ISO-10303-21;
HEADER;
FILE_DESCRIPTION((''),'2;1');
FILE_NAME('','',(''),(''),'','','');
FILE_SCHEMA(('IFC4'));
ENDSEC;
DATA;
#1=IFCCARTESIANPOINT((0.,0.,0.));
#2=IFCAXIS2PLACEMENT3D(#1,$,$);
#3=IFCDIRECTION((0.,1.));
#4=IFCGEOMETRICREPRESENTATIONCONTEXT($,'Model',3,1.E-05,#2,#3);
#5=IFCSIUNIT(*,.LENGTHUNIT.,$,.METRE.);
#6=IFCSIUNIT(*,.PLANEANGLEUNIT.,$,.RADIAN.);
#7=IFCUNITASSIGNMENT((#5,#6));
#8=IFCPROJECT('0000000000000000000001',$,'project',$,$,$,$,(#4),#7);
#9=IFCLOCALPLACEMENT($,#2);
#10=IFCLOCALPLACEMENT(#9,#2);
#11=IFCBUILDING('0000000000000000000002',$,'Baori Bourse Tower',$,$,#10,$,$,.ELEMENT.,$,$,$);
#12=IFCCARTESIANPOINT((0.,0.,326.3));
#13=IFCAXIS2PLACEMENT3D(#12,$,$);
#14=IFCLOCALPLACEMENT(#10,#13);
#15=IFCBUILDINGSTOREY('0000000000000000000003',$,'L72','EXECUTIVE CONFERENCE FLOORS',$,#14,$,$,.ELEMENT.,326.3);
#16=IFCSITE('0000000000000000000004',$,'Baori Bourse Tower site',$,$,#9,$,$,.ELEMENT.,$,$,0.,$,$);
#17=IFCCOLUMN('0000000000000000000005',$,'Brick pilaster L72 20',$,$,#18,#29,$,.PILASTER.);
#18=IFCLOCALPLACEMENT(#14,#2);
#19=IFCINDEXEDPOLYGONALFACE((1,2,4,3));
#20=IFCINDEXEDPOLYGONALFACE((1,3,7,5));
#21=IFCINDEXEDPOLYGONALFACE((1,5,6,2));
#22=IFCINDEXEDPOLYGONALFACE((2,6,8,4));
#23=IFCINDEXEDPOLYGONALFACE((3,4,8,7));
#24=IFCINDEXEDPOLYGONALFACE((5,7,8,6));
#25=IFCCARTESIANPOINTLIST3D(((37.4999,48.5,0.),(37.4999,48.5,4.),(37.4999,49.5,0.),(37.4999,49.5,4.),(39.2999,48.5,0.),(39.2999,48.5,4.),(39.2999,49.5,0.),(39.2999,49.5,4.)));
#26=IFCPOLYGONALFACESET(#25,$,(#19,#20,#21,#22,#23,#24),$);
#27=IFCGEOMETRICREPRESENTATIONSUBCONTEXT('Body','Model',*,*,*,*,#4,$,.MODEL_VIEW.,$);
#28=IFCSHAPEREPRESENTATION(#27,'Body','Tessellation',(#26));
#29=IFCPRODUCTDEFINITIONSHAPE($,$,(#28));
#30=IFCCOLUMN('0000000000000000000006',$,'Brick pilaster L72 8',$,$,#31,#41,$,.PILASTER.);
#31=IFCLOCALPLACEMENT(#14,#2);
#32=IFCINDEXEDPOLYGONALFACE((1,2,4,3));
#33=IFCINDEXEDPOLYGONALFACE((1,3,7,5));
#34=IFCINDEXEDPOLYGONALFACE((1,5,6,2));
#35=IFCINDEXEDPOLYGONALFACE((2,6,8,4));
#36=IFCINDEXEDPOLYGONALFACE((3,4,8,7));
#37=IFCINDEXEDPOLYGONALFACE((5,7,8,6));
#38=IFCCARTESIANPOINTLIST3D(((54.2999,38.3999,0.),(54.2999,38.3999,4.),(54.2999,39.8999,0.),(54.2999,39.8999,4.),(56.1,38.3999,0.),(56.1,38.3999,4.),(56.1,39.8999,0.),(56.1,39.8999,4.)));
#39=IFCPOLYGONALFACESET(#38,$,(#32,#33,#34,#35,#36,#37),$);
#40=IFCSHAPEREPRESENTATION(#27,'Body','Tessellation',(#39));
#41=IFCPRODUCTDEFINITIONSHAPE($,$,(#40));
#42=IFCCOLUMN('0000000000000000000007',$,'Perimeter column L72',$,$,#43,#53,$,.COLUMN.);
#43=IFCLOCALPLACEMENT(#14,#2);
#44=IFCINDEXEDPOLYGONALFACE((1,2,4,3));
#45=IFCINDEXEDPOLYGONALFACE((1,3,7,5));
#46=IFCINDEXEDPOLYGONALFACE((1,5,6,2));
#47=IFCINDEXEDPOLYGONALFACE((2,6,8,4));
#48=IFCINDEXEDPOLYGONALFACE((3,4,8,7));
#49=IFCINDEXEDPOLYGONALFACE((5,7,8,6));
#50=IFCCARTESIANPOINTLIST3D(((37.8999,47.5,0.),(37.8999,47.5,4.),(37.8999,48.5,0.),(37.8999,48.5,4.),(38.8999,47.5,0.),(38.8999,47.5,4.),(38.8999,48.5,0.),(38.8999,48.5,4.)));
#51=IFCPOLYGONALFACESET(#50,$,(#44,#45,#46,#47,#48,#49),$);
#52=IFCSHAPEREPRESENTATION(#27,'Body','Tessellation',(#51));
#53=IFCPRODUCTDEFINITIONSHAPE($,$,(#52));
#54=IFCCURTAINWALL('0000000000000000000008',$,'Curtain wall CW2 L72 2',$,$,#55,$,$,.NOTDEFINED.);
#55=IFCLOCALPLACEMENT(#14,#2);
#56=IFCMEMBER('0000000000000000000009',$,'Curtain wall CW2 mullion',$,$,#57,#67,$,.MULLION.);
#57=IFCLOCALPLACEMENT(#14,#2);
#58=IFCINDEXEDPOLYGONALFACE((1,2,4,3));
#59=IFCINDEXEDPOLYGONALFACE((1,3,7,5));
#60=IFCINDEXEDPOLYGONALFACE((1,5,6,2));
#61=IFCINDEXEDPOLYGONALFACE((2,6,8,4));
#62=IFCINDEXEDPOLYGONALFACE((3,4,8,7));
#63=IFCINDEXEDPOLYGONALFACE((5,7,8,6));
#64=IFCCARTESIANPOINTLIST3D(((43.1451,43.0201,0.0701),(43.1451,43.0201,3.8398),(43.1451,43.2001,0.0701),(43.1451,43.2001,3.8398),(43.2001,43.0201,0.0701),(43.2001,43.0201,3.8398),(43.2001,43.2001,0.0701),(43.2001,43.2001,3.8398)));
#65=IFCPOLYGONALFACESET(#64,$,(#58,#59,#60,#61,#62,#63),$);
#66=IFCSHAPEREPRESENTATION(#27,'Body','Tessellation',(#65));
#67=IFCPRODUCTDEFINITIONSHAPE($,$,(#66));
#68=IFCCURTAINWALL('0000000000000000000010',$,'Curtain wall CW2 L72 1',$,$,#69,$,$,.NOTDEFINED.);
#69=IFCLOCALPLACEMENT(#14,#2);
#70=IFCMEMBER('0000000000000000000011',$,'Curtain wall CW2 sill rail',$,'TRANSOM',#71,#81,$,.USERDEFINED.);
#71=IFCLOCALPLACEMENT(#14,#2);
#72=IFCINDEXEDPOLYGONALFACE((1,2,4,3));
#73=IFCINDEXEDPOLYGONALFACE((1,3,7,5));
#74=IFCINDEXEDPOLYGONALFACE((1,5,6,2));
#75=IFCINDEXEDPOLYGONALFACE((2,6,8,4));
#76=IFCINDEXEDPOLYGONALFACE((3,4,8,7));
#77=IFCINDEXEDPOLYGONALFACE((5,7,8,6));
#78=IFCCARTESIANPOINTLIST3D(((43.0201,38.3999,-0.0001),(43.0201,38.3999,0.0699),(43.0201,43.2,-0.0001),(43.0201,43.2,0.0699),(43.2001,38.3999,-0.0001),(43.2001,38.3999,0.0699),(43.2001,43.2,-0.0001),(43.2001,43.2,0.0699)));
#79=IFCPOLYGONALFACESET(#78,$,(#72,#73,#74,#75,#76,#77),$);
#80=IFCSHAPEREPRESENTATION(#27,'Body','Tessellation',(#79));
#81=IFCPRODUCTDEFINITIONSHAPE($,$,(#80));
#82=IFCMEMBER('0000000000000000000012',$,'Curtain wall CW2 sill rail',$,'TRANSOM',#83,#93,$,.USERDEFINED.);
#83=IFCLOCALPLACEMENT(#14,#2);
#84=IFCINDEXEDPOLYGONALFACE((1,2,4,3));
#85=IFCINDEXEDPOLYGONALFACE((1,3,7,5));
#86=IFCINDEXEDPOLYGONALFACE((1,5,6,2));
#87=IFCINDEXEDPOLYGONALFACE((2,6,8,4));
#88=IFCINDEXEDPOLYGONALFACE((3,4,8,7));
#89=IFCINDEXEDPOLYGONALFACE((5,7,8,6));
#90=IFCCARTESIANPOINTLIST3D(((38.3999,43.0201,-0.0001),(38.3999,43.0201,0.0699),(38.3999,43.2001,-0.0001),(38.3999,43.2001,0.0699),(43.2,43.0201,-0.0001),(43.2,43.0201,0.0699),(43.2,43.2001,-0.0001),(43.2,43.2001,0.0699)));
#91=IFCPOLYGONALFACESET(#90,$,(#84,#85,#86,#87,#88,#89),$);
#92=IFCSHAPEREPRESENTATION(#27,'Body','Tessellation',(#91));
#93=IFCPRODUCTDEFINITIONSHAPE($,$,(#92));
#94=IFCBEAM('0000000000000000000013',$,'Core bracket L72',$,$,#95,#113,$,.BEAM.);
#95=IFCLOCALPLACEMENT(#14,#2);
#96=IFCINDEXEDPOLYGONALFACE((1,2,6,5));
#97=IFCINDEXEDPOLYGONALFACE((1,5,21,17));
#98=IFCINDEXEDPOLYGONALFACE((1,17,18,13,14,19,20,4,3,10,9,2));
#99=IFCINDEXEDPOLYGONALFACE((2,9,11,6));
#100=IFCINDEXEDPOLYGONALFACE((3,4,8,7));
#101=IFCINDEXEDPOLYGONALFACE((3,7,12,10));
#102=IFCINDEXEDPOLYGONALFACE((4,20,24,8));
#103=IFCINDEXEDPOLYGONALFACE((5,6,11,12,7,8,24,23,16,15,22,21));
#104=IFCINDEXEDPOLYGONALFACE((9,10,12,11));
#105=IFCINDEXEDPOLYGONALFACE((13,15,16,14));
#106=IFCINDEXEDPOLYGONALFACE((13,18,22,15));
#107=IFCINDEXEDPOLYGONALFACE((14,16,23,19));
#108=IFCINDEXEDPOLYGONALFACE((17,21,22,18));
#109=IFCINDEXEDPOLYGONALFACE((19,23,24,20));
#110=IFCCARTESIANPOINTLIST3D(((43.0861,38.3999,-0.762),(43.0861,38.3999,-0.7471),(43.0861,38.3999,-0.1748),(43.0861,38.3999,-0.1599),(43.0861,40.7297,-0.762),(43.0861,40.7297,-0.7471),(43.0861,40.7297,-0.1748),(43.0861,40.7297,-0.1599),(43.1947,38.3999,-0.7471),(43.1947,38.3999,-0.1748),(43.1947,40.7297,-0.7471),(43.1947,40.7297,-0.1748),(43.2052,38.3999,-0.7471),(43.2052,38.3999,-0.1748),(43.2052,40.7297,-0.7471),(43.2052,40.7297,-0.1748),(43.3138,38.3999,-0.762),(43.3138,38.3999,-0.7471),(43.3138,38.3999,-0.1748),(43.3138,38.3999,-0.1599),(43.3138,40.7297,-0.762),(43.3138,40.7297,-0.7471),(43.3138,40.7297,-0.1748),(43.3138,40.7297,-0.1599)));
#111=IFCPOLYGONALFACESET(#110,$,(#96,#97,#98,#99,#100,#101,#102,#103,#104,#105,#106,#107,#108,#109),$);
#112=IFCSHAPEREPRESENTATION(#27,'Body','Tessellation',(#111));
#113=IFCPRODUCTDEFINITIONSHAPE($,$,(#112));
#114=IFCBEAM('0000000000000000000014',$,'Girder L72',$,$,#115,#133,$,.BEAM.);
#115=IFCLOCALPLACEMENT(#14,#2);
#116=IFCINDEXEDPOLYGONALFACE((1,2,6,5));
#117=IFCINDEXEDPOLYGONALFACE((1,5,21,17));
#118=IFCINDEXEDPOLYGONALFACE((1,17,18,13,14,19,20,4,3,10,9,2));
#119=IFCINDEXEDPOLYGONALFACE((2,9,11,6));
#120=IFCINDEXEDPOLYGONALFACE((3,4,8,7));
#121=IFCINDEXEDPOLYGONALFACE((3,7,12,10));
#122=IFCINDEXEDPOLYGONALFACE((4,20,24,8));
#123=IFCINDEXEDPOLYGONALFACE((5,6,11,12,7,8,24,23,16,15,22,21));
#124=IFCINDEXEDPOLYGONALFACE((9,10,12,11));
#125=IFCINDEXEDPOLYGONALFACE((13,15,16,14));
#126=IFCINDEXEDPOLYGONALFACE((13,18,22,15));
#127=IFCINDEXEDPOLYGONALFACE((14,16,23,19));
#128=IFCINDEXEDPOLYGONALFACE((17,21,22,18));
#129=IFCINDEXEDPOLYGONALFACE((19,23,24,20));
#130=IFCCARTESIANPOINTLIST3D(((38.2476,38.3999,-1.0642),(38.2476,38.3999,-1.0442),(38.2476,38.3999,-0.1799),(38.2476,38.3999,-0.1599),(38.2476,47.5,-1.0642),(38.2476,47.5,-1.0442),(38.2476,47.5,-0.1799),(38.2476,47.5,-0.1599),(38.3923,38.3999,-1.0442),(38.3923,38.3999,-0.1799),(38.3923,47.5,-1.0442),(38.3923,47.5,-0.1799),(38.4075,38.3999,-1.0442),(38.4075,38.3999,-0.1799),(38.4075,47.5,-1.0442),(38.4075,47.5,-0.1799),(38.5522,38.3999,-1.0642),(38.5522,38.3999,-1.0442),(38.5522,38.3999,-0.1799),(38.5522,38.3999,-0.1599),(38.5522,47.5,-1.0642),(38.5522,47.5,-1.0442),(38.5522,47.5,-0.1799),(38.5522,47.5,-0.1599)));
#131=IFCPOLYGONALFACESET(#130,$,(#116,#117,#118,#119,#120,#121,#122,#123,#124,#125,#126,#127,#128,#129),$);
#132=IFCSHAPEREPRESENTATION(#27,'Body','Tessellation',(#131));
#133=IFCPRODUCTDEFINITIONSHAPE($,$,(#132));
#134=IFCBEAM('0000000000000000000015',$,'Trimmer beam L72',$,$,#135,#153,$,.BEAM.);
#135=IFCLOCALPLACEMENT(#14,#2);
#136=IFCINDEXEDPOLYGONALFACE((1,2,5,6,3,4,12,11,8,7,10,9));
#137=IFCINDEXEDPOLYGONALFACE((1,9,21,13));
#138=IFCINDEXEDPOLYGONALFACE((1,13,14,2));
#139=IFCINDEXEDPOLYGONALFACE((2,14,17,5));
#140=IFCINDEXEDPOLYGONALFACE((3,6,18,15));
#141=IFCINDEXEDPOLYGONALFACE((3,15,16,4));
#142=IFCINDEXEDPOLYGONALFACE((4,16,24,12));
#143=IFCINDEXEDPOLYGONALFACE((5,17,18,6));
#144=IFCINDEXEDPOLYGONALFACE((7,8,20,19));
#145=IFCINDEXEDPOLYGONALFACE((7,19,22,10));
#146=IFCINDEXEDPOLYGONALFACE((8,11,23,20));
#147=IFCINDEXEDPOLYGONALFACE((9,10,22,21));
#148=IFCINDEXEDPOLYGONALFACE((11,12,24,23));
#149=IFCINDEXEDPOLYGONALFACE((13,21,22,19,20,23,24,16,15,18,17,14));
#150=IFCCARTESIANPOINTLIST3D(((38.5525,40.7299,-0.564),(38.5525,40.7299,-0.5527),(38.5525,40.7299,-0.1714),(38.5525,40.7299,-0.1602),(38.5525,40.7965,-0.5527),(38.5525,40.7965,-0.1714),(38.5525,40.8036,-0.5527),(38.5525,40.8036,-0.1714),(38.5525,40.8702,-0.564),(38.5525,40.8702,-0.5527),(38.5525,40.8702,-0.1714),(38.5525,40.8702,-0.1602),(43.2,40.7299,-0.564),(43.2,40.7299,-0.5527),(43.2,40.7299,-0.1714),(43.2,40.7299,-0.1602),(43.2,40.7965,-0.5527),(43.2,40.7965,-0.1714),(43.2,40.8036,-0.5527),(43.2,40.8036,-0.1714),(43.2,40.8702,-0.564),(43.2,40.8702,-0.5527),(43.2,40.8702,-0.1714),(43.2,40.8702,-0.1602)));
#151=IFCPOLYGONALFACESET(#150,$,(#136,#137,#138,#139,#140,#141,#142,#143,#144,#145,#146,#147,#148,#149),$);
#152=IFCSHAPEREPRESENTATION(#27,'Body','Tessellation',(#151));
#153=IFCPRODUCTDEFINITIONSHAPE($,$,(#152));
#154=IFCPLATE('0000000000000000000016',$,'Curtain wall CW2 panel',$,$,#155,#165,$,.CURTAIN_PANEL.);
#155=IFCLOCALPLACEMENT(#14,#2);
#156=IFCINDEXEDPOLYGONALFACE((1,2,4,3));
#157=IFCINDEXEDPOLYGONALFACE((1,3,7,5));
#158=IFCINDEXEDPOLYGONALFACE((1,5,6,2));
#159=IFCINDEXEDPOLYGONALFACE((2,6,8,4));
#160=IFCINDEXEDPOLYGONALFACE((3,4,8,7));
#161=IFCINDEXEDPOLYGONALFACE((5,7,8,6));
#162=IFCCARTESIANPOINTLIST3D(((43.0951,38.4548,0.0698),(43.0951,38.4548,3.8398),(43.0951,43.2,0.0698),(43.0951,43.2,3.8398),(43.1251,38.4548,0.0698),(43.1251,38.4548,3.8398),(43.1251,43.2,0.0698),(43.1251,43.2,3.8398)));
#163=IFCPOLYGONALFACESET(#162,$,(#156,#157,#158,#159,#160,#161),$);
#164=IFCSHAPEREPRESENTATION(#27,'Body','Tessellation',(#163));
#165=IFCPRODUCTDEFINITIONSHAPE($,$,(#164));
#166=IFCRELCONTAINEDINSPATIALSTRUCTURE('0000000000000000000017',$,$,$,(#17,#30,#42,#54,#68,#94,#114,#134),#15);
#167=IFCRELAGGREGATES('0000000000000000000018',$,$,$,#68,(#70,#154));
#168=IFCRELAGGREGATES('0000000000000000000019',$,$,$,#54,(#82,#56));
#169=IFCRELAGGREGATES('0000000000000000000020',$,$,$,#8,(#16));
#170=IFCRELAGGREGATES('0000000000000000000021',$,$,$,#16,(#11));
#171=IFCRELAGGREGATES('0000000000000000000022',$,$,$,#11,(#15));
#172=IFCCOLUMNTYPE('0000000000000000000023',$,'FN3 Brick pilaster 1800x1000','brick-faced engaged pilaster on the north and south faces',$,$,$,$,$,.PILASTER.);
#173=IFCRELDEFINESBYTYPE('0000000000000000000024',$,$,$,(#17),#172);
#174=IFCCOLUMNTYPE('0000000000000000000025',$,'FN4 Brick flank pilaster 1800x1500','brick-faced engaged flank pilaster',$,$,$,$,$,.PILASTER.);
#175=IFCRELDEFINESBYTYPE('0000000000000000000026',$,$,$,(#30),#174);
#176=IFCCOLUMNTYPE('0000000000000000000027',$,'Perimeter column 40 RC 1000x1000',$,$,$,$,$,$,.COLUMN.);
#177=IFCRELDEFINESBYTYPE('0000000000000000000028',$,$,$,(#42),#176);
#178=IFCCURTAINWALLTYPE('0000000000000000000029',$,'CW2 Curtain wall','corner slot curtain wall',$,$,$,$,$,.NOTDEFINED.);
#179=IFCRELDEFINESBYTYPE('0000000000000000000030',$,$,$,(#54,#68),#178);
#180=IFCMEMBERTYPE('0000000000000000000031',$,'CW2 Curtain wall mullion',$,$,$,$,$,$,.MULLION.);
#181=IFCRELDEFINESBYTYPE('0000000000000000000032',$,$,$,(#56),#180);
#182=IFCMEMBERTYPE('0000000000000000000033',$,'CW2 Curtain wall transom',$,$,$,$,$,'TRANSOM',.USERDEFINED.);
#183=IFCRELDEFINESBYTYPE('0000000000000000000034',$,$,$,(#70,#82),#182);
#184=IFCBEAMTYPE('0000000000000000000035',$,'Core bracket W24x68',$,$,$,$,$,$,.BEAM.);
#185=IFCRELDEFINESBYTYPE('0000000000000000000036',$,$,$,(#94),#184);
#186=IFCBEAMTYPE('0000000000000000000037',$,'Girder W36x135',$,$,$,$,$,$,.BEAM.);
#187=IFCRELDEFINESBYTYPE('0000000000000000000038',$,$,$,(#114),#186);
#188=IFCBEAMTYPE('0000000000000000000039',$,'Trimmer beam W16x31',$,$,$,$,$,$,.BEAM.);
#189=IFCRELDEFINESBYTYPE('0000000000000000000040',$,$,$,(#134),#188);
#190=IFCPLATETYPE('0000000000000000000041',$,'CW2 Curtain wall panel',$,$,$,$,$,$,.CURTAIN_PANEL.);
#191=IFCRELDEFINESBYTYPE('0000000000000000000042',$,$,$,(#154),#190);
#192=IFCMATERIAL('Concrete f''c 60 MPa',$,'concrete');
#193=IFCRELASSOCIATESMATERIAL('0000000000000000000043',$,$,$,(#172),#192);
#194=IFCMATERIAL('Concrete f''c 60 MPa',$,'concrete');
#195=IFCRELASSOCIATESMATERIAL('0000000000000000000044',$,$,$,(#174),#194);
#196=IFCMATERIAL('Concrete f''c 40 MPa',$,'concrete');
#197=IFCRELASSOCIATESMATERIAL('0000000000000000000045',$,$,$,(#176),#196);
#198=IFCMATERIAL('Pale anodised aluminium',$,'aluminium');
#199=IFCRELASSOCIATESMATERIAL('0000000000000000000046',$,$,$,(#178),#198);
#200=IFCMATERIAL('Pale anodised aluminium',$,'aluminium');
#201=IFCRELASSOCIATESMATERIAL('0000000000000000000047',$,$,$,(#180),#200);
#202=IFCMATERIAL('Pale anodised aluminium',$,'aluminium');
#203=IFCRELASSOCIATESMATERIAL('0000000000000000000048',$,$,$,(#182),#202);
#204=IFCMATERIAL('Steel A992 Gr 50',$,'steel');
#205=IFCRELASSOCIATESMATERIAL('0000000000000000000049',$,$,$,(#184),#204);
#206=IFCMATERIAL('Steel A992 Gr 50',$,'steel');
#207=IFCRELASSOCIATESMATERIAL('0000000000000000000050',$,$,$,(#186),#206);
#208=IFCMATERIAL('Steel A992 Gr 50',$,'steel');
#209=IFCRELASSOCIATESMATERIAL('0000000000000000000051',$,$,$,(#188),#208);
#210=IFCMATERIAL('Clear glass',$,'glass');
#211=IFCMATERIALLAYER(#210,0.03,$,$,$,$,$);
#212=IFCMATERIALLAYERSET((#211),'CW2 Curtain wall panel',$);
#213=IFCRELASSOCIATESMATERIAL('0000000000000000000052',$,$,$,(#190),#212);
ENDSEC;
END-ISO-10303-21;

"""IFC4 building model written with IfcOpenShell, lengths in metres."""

from ifc_helpers import new_model, si_unit, direction, frame, origin, origin_2d, place, context, subcontext, project, spatial, rectangle, i_section, extrude, material, layer, layer_set, material_profile, profile_set, type_object, element, aggregate, save


model = new_model("IFC4")

# Units and contexts
model_context = context("Model", 3, precision=1e-05, world=origin(), true_north=direction((0.0, 1.0)))
body_context = subcontext(model_context, "Body", "Model", "MODEL_VIEW")
ifc_project = project(units=[si_unit("LENGTHUNIT", "METRE"), si_unit("PLANEANGLEUNIT", "RADIAN")], contexts=[model_context])

# Site, building, storey
site_placement = place(None, origin())
site = spatial("IfcSite", under=ifc_project, at=site_placement, Name="Baori Bourse Tower site", CompositionType="ELEMENT", RefElevation=0.0)
building_placement = place(site_placement, origin())
building = spatial("IfcBuilding", under=site, at=building_placement, Name="Baori Bourse Tower", CompositionType="ELEMENT")
storey_placement = place(building_placement, frame((0.0, 0.0, 326.3)))
storey = spatial("IfcBuildingStorey", under=building, at=storey_placement, Name="L72", Description="EXECUTIVE CONFERENCE FLOORS", CompositionType="ELEMENT", Elevation=326.3)

# Columns
ifc_material_1 = material(Name="Concrete f'c 60 MPa", Category="concrete")
ifc_material_profile_1 = material_profile(ifc_material_1, rectangle(XDim=1.8, YDim=1.0, at=origin_2d()), Name="RC 1800x1000")
ifc_profile_set_1 = profile_set([ifc_material_profile_1], Name="Concrete f'c 60 MPa")
column_type_1 = type_object("IfcColumnType", Name="FN3 Brick pilaster 1800x1000", Description="brick-faced engaged pilaster on the north and south faces", PredefinedType="PILASTER", material=ifc_profile_set_1)
column_1_placement = place(storey_placement, frame((38.3999, 49.0, 0.0), z_axis=(0.0, 0.0, 1.0), x_axis=(1.0, 0.0, 0.0)))
element("IfcColumn", 1, at=column_1_placement, inside=storey, type_object=column_type_1, Name="Brick pilaster L72 20", PredefinedType="PILASTER", context=body_context, shape_type="SweptSolid", body=[
    extrude(rectangle(XDim=1.8, YDim=1.0, at=origin_2d()), origin(), (0.0, 0.0, 1.0), 4.0),
])
ifc_material_2 = material(Name="Concrete f'c 60 MPa", Category="concrete")
ifc_material_profile_2 = material_profile(ifc_material_2, rectangle(XDim=1.8, YDim=1.5, at=origin_2d()), Name="RC 1800x1500")
ifc_profile_set_2 = profile_set([ifc_material_profile_2], Name="Concrete f'c 60 MPa")
column_type_2 = type_object("IfcColumnType", Name="FN4 Brick flank pilaster 1800x1500", Description="brick-faced engaged flank pilaster", PredefinedType="PILASTER", material=ifc_profile_set_2)
column_2_placement = place(storey_placement, frame((55.2, 39.1499, 0.0), z_axis=(0.0, 0.0, 1.0), x_axis=(1.0, 0.0, 0.0)))
element("IfcColumn", 2, at=column_2_placement, inside=storey, type_object=column_type_2, Name="Brick pilaster L72 8", PredefinedType="PILASTER", context=body_context, shape_type="SweptSolid", body=[
    extrude(rectangle(XDim=1.8, YDim=1.5, at=origin_2d()), origin(), (0.0, 0.0, 1.0), 4.0),
])
ifc_material_3 = material(Name="Concrete f'c 40 MPa", Category="concrete")
ifc_material_profile_3 = material_profile(ifc_material_3, rectangle(XDim=1.0, YDim=1.0, at=origin_2d()), Name="RC 1000x1000")
ifc_profile_set_3 = profile_set([ifc_material_profile_3], Name="Concrete f'c 40 MPa")
column_type_3 = type_object("IfcColumnType", Name="Perimeter column 40 RC 1000x1000", PredefinedType="COLUMN", material=ifc_profile_set_3)
column_3_placement = place(storey_placement, frame((38.3999, 48.0, 0.0), z_axis=(0.0, 0.0, 1.0), x_axis=(1.0, 0.0, 0.0)))
element("IfcColumn", 3, at=column_3_placement, inside=storey, type_object=column_type_3, Name="Perimeter column L72", PredefinedType="COLUMN", context=body_context, shape_type="SweptSolid", body=[
    extrude(rectangle(XDim=1.0, YDim=1.0, at=origin_2d()), origin(), (0.0, 0.0, 1.0), 4.0),
])

# Curtain walls, members
ifc_material_4 = material(Name="Pale anodised aluminium", Category="aluminium")
curtain_wall_type = type_object("IfcCurtainWallType", Name="CW2 Curtain wall", Description="corner slot curtain wall", PredefinedType="NOTDEFINED", material=ifc_material_4)
curtain_wall_1_placement = place(storey_placement, origin())
curtain_wall_1 = element("IfcCurtainWall", 4, at=curtain_wall_1_placement, inside=storey, type_object=curtain_wall_type, Name="Curtain wall CW2 L72 2", PredefinedType="NOTDEFINED")
ifc_material_5 = material(Name="Pale anodised aluminium", Category="aluminium")
ifc_material_profile_4 = material_profile(ifc_material_5, rectangle(XDim=0.1799, YDim=0.0549, at=origin_2d()), Name="Mullion 55x180")
ifc_profile_set_4 = profile_set([ifc_material_profile_4], Name="Pale anodised aluminium")
member_type_1 = type_object("IfcMemberType", Name="CW2 Curtain wall mullion", PredefinedType="MULLION", material=ifc_profile_set_4)
member_1_placement = place(storey_placement, frame((43.1726, 43.1101, 0.0701), z_axis=(0.0, 0.0, 1.0), x_axis=(0.0, -1.0, 0.0)))
member_1 = element("IfcMember", 5, at=member_1_placement, type_object=member_type_1, Name="Curtain wall CW2 mullion", PredefinedType="MULLION", context=body_context, shape_type="SweptSolid", body=[
    extrude(rectangle(XDim=0.1799, YDim=0.0549, at=origin_2d()), origin(), (0.0, 0.0, 1.0), 3.7698),
])
curtain_wall_2_placement = place(storey_placement, origin())
curtain_wall_2 = element("IfcCurtainWall", 6, at=curtain_wall_2_placement, inside=storey, type_object=curtain_wall_type, Name="Curtain wall CW2 L72 1", PredefinedType="NOTDEFINED")
ifc_material_6 = material(Name="Pale anodised aluminium", Category="aluminium")
ifc_material_profile_5 = material_profile(ifc_material_6, rectangle(XDim=0.1799, YDim=0.0701, at=origin_2d()), Name="Transom 70x180")
ifc_profile_set_5 = profile_set([ifc_material_profile_5], Name="Pale anodised aluminium")
member_type_2 = type_object("IfcMemberType", Name="CW2 Curtain wall transom", ElementType="TRANSOM", PredefinedType="USERDEFINED", material=ifc_profile_set_5)
member_2_placement = place(storey_placement, frame((43.1101, 38.3999, 0.0349), z_axis=(0.0, 1.0, 0.0), x_axis=(-1.0, 0.0, 0.0)))
member_2 = element("IfcMember", 7, at=member_2_placement, type_object=member_type_2, Name="Curtain wall CW2 sill rail", ObjectType="TRANSOM", PredefinedType="USERDEFINED", context=body_context, shape_type="SweptSolid", body=[
    extrude(rectangle(XDim=0.1799, YDim=0.0701, at=origin_2d()), origin(), (0.0, 0.0, 1.0), 4.8),
])

# Member
member_3_placement = place(storey_placement, frame((43.2, 43.1101, 0.0349), z_axis=(-1.0, 0.0, 0.0), x_axis=(0.0, -1.0, 0.0)))
member_3 = element("IfcMember", 8, at=member_3_placement, type_object=member_type_2, Name="Curtain wall CW2 sill rail", ObjectType="TRANSOM", PredefinedType="USERDEFINED", context=body_context, shape_type="SweptSolid", body=[
    extrude(rectangle(XDim=0.1799, YDim=0.0701, at=origin_2d()), origin(), (0.0, 0.0, 1.0), 4.8),
])

# Beams
ifc_material_7 = material(Name="Steel A992 Gr 50", Category="steel")
ifc_material_profile_6 = material_profile(ifc_material_7, i_section(OverallWidth=0.2278, OverallDepth=0.6021, WebThickness=0.0105, FlangeThickness=0.0149, at=origin_2d()), Name="W24x68")
ifc_profile_set_6 = profile_set([ifc_material_profile_6], Name="Steel A992 Gr 50")
beam_type_1 = type_object("IfcBeamType", Name="Core bracket W24x68", PredefinedType="BEAM", material=ifc_profile_set_6)
beam_1_placement = place(storey_placement, frame((43.2, 38.3999, -0.4609), z_axis=(0.0, 1.0, 0.0), x_axis=(-1.0, 0.0, 0.0)))
element("IfcBeam", 9, at=beam_1_placement, inside=storey, type_object=beam_type_1, Name="Core bracket L72", PredefinedType="BEAM", context=body_context, shape_type="SweptSolid", body=[
    extrude(i_section(OverallWidth=0.2278, OverallDepth=0.6021, WebThickness=0.0105, FlangeThickness=0.0149, at=origin_2d()), origin(), (0.0, 0.0, 1.0), 2.3298),
])
ifc_material_8 = material(Name="Steel A992 Gr 50", Category="steel")
ifc_material_profile_7 = material_profile(ifc_material_8, i_section(OverallWidth=0.3047, OverallDepth=0.9043, WebThickness=0.0151, FlangeThickness=0.02, at=origin_2d()), Name="W36x135")
ifc_profile_set_7 = profile_set([ifc_material_profile_7], Name="Steel A992 Gr 50")
beam_type_2 = type_object("IfcBeamType", Name="Girder W36x135", PredefinedType="BEAM", material=ifc_profile_set_7)
beam_2_placement = place(storey_placement, frame((38.3999, 38.3999, -0.6121), z_axis=(0.0, 1.0, 0.0), x_axis=(-1.0, 0.0, 0.0)))
element("IfcBeam", 10, at=beam_2_placement, inside=storey, type_object=beam_type_2, Name="Girder L72", PredefinedType="BEAM", context=body_context, shape_type="SweptSolid", body=[
    extrude(i_section(OverallWidth=0.3047, OverallDepth=0.9043, WebThickness=0.0151, FlangeThickness=0.02, at=origin_2d()), origin(), (0.0, 0.0, 1.0), 9.1001),
])
ifc_material_9 = material(Name="Steel A992 Gr 50", Category="steel")
ifc_material_profile_8 = material_profile(ifc_material_9, i_section(OverallWidth=0.1404, OverallDepth=0.4038, WebThickness=0.0071, FlangeThickness=0.0112, at=origin_2d()), Name="W16x31")
ifc_profile_set_8 = profile_set([ifc_material_profile_8], Name="Steel A992 Gr 50")
beam_type_3 = type_object("IfcBeamType", Name="Trimmer beam W16x31", PredefinedType="BEAM", material=ifc_profile_set_8)
beam_3_placement = place(storey_placement, frame((38.5525, 40.8, -0.3621), z_axis=(1.0, 0.0, 0.0), x_axis=(0.0, 1.0, 0.0)))
element("IfcBeam", 11, at=beam_3_placement, inside=storey, type_object=beam_type_3, Name="Trimmer beam L72", PredefinedType="BEAM", context=body_context, shape_type="SweptSolid", body=[
    extrude(i_section(OverallWidth=0.1404, OverallDepth=0.4038, WebThickness=0.0071, FlangeThickness=0.0112, at=origin_2d()), origin(), (0.0, 0.0, 1.0), 4.6475),
])

# Plate
ifc_material_10 = material(Name="Clear glass", Category="glass")
ifc_layer_1 = layer(ifc_material_10, 0.03)
ifc_layer_set_1 = layer_set([ifc_layer_1], Name="CW2 Curtain wall panel")
plate_type = type_object("IfcPlateType", Name="CW2 Curtain wall panel", PredefinedType="CURTAIN_PANEL", material=ifc_layer_set_1)
plate_1_placement = place(storey_placement, frame((43.1101, 40.8274, 0.0698), z_axis=(0.0, 0.0, 1.0), x_axis=(0.0, 1.0, 0.0)))
plate_1 = element("IfcPlate", 12, at=plate_1_placement, type_object=plate_type, Name="Curtain wall CW2 panel", PredefinedType="CURTAIN_PANEL", context=body_context, shape_type="SweptSolid", body=[
    extrude(rectangle(XDim=4.7451, YDim=0.03, at=origin_2d()), origin(), (0.0, 0.0, 1.0), 3.77),
])
aggregate(curtain_wall_2, [member_2, plate_1])
aggregate(curtain_wall_1, [member_3, member_1])

save(model, "model.ifc")
